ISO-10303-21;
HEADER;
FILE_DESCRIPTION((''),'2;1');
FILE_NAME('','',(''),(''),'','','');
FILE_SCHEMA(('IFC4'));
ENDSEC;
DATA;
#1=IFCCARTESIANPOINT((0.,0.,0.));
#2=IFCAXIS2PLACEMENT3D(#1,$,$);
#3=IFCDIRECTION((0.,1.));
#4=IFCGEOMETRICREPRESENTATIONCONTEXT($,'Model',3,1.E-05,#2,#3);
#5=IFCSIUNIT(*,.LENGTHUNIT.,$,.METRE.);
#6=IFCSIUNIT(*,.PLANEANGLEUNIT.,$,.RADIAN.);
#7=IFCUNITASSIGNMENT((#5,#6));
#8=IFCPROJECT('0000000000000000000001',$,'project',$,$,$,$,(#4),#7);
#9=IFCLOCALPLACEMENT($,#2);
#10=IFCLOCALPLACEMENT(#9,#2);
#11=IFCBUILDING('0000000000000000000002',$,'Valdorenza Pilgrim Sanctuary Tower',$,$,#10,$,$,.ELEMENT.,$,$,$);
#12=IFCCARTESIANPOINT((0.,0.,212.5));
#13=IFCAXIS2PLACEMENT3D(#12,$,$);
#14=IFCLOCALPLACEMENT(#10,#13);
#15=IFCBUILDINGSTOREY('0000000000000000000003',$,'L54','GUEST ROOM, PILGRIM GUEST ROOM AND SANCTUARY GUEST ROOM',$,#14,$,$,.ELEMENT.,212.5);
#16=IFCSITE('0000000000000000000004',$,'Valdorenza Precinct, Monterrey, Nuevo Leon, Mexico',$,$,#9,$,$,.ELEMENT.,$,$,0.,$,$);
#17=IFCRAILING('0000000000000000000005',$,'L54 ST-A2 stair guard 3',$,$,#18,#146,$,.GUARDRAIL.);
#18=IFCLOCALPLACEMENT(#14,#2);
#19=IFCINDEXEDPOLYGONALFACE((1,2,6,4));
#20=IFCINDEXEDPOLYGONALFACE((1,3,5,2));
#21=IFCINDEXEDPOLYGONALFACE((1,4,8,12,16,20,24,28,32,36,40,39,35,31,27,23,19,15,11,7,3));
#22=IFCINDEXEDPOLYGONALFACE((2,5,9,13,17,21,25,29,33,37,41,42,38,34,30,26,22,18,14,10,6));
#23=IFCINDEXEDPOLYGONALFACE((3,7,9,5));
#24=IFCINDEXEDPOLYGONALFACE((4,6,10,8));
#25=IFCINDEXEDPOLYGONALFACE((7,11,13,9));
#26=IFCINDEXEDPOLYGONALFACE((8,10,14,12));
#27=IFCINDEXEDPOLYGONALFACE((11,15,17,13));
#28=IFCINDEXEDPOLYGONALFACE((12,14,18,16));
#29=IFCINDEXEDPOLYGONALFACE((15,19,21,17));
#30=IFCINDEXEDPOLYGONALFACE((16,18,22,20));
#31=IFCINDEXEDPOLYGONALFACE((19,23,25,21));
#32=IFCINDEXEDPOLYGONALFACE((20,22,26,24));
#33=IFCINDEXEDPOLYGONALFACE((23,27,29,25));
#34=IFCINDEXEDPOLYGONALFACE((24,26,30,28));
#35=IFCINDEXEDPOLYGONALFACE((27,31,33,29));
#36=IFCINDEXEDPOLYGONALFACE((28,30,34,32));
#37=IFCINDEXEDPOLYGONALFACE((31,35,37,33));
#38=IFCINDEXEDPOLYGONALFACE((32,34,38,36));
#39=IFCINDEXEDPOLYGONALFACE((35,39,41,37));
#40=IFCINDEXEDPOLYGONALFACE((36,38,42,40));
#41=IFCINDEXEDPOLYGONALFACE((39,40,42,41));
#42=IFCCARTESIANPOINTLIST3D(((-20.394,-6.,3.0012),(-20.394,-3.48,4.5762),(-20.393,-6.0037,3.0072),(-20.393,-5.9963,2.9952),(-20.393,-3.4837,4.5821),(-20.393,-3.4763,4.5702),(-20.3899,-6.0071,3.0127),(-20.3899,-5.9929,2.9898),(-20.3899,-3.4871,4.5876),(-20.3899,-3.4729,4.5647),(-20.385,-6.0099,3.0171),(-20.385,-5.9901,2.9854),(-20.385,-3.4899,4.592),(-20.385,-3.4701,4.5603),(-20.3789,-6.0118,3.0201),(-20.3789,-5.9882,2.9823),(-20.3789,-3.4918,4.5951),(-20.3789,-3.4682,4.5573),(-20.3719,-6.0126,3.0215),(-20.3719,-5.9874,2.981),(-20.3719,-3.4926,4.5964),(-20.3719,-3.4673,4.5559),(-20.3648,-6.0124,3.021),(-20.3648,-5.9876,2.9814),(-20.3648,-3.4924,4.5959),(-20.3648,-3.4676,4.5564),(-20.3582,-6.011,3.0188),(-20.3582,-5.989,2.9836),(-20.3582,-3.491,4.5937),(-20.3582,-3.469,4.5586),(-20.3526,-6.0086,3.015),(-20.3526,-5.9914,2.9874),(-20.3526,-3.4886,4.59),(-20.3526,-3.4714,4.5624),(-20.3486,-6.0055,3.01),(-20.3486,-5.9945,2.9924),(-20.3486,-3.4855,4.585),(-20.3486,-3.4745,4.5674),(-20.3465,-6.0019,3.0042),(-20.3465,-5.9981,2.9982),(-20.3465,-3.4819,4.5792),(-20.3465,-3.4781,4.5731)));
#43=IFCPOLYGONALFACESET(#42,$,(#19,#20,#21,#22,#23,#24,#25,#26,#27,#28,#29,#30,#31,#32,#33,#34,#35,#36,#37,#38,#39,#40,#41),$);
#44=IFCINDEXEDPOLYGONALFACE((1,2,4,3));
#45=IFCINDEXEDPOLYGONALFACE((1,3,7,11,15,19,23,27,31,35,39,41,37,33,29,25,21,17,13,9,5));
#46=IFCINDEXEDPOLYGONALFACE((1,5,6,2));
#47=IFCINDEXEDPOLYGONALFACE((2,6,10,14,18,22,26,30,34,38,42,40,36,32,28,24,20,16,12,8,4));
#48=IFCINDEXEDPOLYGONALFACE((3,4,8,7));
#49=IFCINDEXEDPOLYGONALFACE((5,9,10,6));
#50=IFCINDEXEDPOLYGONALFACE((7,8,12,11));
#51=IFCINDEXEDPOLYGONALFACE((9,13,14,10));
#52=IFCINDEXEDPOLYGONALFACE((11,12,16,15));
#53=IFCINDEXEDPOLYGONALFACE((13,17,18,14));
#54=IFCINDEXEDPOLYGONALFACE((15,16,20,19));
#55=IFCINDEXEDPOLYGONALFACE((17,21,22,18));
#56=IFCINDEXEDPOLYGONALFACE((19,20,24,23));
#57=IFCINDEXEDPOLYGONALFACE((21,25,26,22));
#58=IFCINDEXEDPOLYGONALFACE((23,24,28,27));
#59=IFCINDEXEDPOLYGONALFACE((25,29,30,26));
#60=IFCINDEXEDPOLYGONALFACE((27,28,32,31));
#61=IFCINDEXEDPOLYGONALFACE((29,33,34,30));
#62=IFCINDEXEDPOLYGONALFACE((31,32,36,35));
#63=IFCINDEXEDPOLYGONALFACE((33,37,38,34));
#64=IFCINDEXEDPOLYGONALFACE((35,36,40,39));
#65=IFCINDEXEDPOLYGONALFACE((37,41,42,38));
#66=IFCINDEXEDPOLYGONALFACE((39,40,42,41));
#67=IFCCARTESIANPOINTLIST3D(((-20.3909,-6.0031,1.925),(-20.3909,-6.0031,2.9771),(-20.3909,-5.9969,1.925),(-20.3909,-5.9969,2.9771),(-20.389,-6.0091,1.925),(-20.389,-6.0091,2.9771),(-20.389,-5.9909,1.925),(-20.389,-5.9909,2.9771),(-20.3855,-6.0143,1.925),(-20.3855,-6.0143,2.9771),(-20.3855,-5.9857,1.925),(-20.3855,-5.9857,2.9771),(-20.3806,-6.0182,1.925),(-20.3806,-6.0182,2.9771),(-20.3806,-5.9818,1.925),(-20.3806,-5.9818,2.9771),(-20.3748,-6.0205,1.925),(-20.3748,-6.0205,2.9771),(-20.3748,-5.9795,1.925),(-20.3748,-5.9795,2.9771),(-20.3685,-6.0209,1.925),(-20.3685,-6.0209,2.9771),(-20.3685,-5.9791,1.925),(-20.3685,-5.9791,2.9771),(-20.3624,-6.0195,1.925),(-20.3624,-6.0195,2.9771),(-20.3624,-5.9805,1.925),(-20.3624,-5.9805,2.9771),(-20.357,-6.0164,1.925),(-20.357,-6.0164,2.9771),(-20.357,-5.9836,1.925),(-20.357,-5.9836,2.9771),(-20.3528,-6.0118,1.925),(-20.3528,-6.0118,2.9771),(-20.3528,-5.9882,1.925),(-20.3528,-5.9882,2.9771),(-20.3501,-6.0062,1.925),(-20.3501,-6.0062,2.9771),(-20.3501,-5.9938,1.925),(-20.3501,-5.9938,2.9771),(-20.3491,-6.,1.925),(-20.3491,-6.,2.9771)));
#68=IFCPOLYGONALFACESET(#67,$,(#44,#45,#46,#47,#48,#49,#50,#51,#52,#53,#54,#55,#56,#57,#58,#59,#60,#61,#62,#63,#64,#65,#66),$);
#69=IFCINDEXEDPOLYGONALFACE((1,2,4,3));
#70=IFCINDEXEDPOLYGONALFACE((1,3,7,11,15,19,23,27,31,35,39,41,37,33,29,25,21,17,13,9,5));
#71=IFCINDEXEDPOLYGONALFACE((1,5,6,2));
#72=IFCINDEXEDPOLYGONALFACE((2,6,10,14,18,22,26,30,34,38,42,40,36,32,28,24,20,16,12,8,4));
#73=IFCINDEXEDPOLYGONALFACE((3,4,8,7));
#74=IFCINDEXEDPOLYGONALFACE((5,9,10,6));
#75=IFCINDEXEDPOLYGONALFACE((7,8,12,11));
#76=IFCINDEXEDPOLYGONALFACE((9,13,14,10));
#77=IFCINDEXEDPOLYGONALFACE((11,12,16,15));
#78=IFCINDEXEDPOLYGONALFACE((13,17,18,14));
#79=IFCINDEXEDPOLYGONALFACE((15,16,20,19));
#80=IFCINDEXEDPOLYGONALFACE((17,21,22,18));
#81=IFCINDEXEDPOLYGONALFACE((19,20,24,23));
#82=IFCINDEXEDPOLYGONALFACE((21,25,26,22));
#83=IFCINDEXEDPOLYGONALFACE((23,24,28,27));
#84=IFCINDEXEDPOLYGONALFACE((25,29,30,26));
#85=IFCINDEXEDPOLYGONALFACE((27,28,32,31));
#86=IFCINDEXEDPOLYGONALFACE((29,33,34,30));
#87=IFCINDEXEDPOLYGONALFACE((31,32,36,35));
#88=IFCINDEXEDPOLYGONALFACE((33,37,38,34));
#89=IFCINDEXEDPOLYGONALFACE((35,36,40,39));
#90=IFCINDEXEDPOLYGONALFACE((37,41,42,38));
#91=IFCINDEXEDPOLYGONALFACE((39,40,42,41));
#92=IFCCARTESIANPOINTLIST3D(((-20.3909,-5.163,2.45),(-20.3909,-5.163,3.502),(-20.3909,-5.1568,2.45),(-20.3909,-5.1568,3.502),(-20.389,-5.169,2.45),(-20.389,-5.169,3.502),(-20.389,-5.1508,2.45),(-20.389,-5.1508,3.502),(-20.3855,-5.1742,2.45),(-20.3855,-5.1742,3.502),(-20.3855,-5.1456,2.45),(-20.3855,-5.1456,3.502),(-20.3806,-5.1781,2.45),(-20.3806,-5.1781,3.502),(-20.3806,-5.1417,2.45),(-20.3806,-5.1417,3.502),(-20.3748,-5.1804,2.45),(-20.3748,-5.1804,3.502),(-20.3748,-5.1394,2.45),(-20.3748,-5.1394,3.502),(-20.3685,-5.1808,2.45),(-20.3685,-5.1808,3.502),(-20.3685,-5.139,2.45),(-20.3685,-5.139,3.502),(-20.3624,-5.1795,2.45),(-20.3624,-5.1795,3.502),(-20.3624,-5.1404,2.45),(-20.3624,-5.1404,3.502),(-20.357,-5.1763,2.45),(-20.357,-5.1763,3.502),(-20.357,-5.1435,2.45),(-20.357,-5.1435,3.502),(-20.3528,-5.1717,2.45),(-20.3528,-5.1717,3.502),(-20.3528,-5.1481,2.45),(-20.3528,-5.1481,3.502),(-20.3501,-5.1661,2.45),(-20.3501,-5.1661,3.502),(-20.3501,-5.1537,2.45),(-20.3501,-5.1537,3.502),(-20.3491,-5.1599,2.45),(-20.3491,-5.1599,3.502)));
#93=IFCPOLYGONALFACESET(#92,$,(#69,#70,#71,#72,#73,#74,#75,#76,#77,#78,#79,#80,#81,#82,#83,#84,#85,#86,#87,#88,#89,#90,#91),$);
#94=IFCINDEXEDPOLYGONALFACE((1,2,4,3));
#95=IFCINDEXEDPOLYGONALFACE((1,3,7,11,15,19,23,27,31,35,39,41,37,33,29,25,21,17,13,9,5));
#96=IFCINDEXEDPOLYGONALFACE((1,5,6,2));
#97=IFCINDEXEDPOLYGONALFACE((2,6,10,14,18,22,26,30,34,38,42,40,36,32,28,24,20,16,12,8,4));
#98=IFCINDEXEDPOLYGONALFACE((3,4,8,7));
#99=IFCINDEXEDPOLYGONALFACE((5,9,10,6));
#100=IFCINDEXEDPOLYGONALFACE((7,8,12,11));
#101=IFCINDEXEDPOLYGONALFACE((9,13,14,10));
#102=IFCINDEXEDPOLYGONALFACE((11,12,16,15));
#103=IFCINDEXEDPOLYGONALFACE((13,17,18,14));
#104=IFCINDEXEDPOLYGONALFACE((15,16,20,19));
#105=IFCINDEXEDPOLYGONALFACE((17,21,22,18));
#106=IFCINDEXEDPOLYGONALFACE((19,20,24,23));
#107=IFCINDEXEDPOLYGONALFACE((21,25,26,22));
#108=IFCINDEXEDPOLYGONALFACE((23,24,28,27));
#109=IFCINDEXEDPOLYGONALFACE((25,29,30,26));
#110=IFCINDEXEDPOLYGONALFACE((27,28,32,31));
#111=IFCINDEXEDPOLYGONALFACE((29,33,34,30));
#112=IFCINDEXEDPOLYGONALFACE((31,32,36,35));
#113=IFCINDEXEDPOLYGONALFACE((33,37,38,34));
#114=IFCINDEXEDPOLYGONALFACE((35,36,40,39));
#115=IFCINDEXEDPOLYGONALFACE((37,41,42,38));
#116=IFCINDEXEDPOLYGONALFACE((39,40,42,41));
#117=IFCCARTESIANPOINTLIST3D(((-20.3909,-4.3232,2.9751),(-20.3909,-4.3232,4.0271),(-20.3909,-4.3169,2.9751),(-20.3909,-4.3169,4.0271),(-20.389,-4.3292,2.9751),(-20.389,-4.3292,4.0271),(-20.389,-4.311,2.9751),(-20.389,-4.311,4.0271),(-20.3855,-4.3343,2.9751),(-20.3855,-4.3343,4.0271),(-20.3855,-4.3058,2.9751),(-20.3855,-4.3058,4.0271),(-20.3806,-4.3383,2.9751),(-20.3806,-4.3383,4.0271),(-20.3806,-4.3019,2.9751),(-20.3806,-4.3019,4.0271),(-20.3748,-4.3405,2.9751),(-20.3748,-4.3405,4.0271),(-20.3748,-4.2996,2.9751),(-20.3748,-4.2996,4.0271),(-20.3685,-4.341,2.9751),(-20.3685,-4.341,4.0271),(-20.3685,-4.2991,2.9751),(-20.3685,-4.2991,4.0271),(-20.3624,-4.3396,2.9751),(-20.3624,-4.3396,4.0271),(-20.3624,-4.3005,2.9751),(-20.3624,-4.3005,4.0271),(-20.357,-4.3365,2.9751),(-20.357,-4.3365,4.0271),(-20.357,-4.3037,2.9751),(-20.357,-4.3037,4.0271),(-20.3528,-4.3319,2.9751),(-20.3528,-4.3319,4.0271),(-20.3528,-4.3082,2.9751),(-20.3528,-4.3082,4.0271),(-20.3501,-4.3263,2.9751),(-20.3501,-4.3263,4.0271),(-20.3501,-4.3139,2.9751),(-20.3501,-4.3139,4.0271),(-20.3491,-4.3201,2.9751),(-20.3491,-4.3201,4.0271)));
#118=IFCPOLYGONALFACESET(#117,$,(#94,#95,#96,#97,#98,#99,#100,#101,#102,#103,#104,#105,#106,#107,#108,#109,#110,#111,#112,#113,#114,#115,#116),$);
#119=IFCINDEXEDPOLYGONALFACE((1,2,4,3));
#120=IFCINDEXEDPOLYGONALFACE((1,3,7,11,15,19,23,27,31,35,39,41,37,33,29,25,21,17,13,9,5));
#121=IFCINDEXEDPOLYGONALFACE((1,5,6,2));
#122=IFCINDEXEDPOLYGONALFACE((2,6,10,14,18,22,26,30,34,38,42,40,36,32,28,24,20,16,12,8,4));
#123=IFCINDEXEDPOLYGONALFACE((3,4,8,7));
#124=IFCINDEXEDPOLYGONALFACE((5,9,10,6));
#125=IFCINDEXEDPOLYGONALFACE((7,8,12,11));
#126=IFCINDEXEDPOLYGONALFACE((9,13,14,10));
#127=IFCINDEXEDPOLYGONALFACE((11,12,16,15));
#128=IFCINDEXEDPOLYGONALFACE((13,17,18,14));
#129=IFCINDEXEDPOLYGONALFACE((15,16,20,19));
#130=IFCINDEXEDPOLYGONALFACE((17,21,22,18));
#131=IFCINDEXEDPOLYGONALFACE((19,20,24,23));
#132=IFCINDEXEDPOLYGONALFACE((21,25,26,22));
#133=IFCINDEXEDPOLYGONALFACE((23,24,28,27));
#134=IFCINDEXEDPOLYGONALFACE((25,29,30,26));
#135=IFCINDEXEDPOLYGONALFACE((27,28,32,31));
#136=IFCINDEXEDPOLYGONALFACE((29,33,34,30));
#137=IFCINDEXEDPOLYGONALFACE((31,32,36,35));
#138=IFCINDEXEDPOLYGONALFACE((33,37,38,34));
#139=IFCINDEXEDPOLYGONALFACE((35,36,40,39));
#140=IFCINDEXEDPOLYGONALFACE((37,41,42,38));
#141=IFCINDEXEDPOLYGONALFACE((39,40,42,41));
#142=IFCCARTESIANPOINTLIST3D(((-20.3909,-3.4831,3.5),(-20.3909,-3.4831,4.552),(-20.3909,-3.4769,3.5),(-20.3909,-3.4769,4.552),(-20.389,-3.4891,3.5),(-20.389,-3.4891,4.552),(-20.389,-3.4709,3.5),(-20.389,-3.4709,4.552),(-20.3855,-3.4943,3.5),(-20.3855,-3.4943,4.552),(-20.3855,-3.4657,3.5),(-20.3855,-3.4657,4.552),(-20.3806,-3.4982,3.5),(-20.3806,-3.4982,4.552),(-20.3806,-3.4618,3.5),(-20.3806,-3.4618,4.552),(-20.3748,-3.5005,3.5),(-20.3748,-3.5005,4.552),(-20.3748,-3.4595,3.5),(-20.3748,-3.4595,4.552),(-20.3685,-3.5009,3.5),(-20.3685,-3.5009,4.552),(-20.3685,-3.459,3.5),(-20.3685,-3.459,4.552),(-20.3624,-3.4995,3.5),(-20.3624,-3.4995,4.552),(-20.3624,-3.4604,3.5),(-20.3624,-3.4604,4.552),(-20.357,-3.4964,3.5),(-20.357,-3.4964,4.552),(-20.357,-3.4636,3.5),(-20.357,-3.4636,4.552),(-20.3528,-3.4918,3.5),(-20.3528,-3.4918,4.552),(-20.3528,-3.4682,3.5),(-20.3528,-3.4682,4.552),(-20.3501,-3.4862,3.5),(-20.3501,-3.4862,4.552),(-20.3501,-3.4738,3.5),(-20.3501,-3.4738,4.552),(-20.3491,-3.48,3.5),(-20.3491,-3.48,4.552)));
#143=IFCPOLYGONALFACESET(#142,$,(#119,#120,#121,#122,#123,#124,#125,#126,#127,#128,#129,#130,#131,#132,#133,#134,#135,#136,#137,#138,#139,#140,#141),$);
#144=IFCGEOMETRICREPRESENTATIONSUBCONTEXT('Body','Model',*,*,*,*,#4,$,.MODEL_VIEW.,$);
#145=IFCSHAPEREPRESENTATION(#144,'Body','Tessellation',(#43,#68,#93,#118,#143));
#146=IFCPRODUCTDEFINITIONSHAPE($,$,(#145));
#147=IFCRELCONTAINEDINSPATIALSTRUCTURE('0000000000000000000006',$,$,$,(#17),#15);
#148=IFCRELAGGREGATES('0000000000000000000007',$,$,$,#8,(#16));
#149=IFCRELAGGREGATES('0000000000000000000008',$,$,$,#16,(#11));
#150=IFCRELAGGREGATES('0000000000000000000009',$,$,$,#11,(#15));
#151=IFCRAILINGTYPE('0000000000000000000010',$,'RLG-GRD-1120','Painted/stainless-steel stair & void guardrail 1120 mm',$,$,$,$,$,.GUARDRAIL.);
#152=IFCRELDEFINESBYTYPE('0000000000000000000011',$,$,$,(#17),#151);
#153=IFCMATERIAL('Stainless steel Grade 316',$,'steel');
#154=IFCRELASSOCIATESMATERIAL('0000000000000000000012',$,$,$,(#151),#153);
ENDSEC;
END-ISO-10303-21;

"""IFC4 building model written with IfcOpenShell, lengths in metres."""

from ifc_helpers import new_model, si_unit, direction, frame, origin, origin_2d, place, context, subcontext, project, spatial, circle, extrude, material, type_object, element, save


model = new_model("IFC4")

# Units and contexts
model_context = context("Model", 3, precision=1e-05, world=origin(), true_north=direction((0.0, 1.0)))
body_context = subcontext(model_context, "Body", "Model", "MODEL_VIEW")
ifc_project = project(units=[si_unit("LENGTHUNIT", "METRE"), si_unit("PLANEANGLEUNIT", "RADIAN")], contexts=[model_context])

# Site, building, storey
site_placement = place(None, origin())
site = spatial("IfcSite", under=ifc_project, at=site_placement, Name="Valdorenza Precinct, Monterrey, Nuevo Leon, Mexico", CompositionType="ELEMENT", RefElevation=0.0)
building_placement = place(site_placement, origin())
building = spatial("IfcBuilding", under=site, at=building_placement, Name="Valdorenza Pilgrim Sanctuary Tower", CompositionType="ELEMENT")
storey_placement = place(building_placement, frame((0.0, 0.0, 212.5)))
storey = spatial("IfcBuildingStorey", under=building, at=storey_placement, Name="L54", Description="GUEST ROOM, PILGRIM GUEST ROOM AND SANCTUARY GUEST ROOM", CompositionType="ELEMENT", Elevation=212.5)

# Railing
ifc_material_1 = material(Name="Stainless steel Grade 316", Category="steel")
railing_type_1 = type_object("IfcRailingType", Name="RLG-GRD-1120", Description="Painted/stainless-steel stair & void guardrail 1120 mm", PredefinedType="GUARDRAIL", material=ifc_material_1)
railing_1_placement = place(storey_placement, frame((-20.3701, -6.0, 1.925)))
element("IfcRailing", 1, at=railing_1_placement, inside=storey, type_object=railing_type_1, Name="L54 ST-A2 stair guard 3", PredefinedType="GUARDRAIL", context=body_context, shape_type="SweptSolid", body=[
    extrude(circle(Radius=0.0239, at=origin_2d()), frame((0.0, 0.0, 1.0762), z_axis=(0.0, 0.848008, 0.529984), x_axis=(-1.0, 0.0, 0.0)), (0.0, 0.0, 1.0), 2.9717),
    extrude(circle(Radius=0.021, at=origin_2d()), origin(), (0.0, 0.0, 1.0), 1.052),
    extrude(circle(Radius=0.021, at=origin_2d()), frame((0.0, 0.8401, 0.5249)), (0.0, 0.0, 1.0), 1.052),
    extrude(circle(Radius=0.021, at=origin_2d()), frame((0.0, 1.6799, 1.05)), (0.0, 0.0, 1.0), 1.052),
    extrude(circle(Radius=0.021, at=origin_2d()), frame((0.0, 2.52, 1.575)), (0.0, 0.0, 1.0), 1.052),
])

save(model, "model.ifc")
